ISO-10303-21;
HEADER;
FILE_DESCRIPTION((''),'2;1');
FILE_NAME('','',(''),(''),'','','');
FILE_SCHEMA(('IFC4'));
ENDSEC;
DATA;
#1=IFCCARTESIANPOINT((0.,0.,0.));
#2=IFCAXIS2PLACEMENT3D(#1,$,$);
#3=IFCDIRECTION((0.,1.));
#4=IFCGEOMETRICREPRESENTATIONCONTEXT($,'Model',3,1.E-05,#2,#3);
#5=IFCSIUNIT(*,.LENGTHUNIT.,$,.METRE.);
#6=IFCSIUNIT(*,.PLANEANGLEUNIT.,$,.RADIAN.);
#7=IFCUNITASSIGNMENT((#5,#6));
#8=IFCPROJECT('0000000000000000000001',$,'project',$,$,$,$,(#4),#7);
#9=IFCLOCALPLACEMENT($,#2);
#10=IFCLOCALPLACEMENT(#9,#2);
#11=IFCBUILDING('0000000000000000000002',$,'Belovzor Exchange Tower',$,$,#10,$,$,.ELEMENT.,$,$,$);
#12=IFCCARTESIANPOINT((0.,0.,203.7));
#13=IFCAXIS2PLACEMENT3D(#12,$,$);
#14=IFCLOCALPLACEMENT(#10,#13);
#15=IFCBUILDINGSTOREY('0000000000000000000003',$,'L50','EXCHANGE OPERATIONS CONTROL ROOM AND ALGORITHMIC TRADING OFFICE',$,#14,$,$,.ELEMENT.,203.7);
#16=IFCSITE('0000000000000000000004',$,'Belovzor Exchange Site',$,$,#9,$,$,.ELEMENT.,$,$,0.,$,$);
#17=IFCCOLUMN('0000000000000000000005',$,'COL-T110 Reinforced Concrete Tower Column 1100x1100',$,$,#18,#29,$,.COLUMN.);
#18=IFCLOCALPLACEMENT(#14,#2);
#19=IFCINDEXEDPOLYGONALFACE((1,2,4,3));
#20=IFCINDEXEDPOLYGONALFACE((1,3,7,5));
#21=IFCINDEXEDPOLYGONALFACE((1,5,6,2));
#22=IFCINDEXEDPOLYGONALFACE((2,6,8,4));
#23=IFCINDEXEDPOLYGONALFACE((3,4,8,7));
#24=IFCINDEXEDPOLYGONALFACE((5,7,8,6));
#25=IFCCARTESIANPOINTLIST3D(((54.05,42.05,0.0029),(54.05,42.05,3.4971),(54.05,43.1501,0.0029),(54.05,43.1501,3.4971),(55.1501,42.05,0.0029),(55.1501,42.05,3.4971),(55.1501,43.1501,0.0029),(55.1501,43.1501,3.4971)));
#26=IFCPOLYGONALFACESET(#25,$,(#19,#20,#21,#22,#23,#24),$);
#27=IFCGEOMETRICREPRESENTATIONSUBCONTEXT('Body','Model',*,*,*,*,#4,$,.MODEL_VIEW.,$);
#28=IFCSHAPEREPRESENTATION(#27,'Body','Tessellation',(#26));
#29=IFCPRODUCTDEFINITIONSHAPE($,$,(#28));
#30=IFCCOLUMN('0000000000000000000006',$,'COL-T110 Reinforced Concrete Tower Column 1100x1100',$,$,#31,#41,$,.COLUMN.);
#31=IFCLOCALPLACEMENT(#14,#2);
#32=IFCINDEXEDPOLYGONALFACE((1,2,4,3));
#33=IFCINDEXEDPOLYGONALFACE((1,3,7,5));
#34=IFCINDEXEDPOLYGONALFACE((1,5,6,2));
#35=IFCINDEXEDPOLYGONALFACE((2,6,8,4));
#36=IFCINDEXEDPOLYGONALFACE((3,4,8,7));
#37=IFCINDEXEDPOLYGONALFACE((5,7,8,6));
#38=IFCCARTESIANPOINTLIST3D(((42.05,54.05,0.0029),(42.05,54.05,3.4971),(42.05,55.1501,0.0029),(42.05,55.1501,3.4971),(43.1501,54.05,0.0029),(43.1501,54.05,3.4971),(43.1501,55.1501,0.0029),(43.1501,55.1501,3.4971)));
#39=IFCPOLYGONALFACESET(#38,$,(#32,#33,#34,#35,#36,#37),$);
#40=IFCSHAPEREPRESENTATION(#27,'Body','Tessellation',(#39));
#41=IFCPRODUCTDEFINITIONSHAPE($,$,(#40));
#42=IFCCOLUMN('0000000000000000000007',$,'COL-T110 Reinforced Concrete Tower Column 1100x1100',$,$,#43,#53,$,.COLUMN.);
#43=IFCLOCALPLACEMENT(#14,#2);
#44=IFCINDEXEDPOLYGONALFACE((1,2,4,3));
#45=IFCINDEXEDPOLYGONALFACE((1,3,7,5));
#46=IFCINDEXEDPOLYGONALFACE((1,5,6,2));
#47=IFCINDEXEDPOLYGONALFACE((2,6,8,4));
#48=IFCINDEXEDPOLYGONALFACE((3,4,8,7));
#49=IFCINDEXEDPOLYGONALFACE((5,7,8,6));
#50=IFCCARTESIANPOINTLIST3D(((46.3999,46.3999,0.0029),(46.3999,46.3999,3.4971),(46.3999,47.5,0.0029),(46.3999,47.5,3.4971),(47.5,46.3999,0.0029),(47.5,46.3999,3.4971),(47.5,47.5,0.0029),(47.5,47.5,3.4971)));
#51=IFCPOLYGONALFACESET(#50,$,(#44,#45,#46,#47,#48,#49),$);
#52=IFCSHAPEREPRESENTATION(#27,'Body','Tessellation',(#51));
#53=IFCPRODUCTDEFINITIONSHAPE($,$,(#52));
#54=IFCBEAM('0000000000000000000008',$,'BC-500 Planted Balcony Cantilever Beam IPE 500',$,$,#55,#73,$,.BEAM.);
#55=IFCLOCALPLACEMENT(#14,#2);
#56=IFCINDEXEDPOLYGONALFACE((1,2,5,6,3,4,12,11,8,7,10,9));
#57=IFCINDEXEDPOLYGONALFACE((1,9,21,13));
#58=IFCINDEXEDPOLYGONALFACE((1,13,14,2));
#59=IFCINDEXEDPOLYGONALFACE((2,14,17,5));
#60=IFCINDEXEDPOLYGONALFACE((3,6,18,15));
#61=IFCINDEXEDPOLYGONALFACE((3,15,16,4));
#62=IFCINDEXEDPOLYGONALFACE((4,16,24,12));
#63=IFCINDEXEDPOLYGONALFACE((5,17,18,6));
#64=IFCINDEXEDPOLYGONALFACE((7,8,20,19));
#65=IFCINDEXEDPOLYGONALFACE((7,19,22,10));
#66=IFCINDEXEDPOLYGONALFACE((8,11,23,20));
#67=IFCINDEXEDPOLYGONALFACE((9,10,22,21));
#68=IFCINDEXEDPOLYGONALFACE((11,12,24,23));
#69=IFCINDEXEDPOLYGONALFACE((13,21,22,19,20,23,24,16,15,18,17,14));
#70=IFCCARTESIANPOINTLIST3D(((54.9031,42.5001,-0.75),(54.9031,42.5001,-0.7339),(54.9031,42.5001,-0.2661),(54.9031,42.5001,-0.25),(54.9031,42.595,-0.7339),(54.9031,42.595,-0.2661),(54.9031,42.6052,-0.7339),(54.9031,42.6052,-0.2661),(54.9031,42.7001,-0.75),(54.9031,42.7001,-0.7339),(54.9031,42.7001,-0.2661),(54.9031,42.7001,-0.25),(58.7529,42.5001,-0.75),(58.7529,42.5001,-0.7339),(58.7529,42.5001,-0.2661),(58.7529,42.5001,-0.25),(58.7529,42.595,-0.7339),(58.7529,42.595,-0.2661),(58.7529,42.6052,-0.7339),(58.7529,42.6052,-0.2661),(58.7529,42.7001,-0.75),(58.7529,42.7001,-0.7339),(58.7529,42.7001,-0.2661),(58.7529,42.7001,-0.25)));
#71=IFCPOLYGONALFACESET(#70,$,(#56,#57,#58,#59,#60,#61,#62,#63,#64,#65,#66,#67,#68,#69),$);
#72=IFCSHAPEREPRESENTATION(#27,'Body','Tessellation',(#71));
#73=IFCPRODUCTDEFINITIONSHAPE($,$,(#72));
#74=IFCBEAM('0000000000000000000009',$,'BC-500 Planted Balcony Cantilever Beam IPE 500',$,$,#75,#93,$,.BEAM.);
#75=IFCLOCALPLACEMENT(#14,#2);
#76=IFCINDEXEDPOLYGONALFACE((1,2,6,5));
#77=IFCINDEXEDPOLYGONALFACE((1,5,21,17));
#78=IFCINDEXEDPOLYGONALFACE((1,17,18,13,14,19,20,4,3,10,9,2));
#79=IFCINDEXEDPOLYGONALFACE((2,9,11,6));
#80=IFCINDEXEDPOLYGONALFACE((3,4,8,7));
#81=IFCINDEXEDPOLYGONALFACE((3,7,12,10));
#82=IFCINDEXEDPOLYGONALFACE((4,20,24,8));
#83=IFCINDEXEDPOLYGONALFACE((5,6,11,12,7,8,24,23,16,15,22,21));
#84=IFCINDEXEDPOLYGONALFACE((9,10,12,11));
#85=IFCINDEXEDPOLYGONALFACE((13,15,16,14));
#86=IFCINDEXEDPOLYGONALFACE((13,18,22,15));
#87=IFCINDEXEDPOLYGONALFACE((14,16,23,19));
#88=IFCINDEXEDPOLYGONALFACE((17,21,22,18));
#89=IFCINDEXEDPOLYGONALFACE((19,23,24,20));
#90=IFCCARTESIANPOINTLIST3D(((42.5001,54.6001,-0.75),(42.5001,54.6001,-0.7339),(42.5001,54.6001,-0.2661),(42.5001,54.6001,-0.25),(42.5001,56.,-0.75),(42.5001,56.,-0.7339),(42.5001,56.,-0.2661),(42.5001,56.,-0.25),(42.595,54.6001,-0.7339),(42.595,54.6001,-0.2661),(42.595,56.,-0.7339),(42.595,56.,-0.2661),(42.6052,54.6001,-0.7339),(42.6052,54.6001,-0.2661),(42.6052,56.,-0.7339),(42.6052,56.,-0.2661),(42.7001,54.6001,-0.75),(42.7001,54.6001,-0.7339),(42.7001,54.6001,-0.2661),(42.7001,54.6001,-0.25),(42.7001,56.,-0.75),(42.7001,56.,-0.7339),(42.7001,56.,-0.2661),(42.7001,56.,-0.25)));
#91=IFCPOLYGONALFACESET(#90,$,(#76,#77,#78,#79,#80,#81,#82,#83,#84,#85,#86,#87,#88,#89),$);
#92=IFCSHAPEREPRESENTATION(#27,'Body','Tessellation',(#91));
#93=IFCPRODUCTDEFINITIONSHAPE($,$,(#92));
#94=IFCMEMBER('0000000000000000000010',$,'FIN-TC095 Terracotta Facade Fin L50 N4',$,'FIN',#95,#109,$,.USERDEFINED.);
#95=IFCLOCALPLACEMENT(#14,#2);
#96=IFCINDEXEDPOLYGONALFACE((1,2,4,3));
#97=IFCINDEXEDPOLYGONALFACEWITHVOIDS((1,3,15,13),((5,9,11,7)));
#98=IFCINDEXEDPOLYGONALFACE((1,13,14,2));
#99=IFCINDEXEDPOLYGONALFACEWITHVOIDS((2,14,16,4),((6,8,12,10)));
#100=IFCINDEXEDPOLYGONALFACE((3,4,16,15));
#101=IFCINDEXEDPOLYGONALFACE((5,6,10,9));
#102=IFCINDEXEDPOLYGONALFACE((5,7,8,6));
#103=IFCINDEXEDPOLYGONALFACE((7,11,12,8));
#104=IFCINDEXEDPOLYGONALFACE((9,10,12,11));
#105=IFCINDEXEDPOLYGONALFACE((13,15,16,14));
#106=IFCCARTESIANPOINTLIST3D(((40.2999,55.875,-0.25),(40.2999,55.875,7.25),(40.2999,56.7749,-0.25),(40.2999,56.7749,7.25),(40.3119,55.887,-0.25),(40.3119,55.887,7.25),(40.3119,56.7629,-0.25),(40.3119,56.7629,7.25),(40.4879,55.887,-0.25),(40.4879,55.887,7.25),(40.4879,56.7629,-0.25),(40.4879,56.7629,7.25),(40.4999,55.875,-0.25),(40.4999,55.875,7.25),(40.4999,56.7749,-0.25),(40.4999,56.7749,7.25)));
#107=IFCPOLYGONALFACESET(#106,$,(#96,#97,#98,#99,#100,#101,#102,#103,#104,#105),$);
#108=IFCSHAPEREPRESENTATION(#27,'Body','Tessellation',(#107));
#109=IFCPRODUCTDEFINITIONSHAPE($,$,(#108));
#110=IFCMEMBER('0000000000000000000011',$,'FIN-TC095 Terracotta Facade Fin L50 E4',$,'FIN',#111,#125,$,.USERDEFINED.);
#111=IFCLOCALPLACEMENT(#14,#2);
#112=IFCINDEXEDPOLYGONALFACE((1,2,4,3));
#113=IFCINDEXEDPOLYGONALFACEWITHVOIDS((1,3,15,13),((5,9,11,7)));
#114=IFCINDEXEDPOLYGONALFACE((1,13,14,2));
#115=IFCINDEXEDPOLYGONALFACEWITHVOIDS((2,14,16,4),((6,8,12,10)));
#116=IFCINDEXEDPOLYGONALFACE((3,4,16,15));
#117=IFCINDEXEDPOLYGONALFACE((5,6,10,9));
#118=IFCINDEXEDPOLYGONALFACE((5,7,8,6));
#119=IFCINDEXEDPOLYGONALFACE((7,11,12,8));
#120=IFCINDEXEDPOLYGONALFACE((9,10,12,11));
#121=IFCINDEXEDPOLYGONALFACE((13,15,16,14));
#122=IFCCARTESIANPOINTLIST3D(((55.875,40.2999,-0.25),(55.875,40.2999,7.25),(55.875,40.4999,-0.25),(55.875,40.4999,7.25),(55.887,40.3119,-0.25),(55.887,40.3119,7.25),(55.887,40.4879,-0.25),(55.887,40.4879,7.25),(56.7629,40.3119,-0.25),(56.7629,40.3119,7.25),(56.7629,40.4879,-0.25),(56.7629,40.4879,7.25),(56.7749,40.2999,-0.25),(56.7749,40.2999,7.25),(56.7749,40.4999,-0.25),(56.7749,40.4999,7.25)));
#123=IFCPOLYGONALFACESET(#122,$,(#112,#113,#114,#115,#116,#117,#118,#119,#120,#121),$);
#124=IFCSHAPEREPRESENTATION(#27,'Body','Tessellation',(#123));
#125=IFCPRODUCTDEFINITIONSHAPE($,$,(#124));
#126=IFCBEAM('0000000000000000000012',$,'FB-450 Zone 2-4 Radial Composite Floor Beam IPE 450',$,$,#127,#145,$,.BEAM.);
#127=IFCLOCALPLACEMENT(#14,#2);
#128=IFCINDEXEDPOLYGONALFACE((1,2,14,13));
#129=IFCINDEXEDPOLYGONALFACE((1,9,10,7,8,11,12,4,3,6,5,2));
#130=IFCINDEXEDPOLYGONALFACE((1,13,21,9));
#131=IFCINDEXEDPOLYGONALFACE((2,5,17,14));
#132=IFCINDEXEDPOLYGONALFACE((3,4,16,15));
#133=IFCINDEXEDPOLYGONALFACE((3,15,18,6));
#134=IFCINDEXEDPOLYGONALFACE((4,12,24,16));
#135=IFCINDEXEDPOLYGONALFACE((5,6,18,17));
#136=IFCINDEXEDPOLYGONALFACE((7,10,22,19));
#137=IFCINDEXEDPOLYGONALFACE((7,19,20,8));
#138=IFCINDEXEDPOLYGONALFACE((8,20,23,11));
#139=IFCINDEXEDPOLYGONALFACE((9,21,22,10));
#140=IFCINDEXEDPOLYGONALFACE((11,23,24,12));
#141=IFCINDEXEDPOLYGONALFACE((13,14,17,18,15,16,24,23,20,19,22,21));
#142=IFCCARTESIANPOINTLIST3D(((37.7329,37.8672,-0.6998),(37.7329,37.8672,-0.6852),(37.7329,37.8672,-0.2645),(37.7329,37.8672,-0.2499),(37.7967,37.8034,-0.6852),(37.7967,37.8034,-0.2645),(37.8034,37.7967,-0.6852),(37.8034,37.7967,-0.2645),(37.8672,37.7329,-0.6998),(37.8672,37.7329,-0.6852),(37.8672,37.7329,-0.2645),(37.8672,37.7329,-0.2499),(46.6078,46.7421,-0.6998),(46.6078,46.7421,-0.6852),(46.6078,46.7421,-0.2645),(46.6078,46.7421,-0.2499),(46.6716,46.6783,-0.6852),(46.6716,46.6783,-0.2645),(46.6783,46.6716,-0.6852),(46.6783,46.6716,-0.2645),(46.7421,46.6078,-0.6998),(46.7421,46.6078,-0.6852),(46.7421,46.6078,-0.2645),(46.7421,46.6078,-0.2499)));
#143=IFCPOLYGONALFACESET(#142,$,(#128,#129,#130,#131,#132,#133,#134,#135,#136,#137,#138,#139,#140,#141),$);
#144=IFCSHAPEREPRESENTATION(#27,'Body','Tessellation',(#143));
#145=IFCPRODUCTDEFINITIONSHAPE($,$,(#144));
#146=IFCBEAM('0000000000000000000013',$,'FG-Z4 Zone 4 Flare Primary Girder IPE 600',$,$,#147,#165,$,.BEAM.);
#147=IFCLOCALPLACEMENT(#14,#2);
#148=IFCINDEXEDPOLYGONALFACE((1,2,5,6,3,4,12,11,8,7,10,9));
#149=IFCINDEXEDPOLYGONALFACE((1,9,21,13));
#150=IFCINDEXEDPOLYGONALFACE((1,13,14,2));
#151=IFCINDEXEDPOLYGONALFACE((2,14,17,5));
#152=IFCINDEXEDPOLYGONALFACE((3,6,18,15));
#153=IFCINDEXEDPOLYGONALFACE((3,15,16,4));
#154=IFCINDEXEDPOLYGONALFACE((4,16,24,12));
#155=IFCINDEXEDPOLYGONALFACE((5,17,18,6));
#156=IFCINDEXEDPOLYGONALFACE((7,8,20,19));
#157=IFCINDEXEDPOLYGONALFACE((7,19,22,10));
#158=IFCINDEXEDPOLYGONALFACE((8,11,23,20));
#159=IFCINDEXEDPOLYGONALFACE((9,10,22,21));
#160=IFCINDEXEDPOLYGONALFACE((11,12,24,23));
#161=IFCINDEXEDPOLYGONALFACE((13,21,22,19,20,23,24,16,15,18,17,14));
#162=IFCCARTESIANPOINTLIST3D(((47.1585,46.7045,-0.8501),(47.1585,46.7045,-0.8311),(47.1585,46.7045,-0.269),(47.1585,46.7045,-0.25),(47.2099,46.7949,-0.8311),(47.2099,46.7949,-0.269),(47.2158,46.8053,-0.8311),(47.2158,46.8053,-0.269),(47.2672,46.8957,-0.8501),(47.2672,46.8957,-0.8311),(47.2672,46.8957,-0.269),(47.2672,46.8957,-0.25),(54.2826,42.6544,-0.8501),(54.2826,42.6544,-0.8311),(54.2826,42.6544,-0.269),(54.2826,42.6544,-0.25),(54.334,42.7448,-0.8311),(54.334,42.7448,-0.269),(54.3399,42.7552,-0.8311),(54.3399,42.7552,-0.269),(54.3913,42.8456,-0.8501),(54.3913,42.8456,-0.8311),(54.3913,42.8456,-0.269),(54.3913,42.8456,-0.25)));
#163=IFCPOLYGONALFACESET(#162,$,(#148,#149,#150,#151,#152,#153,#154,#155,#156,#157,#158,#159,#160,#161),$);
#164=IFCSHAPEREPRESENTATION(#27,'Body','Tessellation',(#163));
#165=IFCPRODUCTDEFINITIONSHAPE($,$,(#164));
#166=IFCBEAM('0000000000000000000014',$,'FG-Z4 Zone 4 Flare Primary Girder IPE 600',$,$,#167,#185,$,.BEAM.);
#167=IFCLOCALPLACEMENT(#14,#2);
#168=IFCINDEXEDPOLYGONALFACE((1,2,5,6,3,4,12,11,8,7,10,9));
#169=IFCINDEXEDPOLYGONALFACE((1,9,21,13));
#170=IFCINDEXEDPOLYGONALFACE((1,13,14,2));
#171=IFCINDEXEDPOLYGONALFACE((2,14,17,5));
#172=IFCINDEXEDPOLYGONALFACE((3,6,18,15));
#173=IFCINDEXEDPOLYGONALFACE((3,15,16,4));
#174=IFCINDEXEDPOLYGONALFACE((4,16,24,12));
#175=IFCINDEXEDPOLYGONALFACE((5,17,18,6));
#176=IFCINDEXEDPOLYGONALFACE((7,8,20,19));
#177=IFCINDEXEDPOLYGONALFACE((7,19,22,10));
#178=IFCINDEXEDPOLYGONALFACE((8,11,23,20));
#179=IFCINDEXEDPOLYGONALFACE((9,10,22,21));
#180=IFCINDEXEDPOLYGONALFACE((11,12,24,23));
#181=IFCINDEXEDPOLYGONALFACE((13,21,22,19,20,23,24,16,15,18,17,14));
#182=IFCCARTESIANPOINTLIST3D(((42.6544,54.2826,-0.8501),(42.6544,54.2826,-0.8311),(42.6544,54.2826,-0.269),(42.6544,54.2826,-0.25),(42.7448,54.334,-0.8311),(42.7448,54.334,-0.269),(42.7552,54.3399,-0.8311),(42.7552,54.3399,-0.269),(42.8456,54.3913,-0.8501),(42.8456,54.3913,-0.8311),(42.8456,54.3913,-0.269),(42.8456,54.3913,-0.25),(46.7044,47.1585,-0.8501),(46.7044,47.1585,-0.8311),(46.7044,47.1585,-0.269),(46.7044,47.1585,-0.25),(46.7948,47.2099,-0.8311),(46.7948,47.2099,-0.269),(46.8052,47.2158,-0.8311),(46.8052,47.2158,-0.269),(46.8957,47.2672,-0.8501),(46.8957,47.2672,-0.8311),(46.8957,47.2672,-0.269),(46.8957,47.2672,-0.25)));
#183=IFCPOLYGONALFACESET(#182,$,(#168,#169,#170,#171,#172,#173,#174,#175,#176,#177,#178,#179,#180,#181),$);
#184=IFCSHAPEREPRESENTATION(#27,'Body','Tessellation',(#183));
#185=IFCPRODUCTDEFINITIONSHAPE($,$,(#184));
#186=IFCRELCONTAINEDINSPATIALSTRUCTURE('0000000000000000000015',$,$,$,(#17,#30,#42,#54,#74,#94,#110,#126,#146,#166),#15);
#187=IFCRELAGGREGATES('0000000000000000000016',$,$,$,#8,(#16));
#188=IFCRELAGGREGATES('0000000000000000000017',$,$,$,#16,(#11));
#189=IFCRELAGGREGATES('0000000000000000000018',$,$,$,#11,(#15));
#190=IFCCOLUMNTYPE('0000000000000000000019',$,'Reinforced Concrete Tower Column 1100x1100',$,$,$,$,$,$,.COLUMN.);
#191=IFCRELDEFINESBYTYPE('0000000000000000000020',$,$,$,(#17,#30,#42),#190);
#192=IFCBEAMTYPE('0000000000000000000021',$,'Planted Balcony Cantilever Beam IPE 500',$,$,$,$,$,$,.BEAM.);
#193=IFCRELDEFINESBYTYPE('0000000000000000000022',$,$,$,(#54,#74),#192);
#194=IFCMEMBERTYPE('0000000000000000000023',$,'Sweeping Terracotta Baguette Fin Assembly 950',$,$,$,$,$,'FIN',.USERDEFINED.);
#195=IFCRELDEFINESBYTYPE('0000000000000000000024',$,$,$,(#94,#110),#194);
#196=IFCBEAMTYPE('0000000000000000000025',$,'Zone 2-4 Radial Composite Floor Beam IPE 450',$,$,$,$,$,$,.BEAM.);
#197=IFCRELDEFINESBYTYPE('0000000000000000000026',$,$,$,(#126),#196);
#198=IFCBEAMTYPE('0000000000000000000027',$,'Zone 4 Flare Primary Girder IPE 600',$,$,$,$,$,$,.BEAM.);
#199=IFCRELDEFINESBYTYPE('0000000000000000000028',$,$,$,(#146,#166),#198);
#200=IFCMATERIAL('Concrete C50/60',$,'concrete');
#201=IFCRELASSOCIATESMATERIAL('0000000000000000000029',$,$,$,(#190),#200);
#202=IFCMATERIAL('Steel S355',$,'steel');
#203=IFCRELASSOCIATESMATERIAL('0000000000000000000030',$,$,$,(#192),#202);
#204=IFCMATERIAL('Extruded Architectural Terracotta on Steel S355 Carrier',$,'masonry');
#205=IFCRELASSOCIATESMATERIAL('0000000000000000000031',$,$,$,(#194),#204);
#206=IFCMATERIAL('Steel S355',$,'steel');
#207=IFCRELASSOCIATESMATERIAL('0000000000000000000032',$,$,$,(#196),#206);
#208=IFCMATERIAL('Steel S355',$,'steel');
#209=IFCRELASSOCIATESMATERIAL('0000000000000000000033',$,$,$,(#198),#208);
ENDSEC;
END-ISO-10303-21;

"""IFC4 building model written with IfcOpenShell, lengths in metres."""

from ifc_helpers import new_model, si_unit, direction, frame, origin, origin_2d, place, context, subcontext, project, spatial, rectangle, hollow_rectangle, i_section, extrude, material, material_profile, profile_set, type_object, element, save


model = new_model("IFC4")

# Units and contexts
model_context = context("Model", 3, precision=1e-05, world=origin(), true_north=direction((0.0, 1.0)))
body_context = subcontext(model_context, "Body", "Model", "MODEL_VIEW")
ifc_project = project(units=[si_unit("LENGTHUNIT", "METRE"), si_unit("PLANEANGLEUNIT", "RADIAN")], contexts=[model_context])

# Site, building, storey
site_placement = place(None, origin())
site = spatial("IfcSite", under=ifc_project, at=site_placement, Name="Belovzor Exchange Site", CompositionType="ELEMENT", RefElevation=0.0)
building_placement = place(site_placement, origin())
building = spatial("IfcBuilding", under=site, at=building_placement, Name="Belovzor Exchange Tower", CompositionType="ELEMENT")
storey_placement = place(building_placement, frame((0.0, 0.0, 203.7)))
storey = spatial("IfcBuildingStorey", under=building, at=storey_placement, Name="L50", Description="EXCHANGE OPERATIONS CONTROL ROOM AND ALGORITHMIC TRADING OFFICE", CompositionType="ELEMENT", Elevation=203.7)

# Columns
ifc_material_1 = material(Name="Concrete C50/60", Category="concrete")
ifc_material_profile_1 = material_profile(ifc_material_1, rectangle(XDim=1.1001, YDim=1.1001, at=origin_2d()))
ifc_profile_set_1 = profile_set([ifc_material_profile_1], Name="Concrete C50/60")
column_type = type_object("IfcColumnType", Name="Reinforced Concrete Tower Column 1100x1100", PredefinedType="COLUMN", material=ifc_profile_set_1)
for number, where, z_axis, x_axis, name in (
    (1, (54.6001, 42.6001, 0.0029), (0.0, 0.0, 1.0), (1.0, 0.0, 0.0), "COL-T110 Reinforced Concrete Tower Column 1100x1100"),
    (2, (42.6001, 54.6001, 0.0029), (0.0, 0.0, 1.0), (1.0, 0.0, 0.0), "COL-T110 Reinforced Concrete Tower Column 1100x1100"),
    (3, (46.95, 46.95, 0.0029), (0.0, 0.0, 1.0), (1.0, 0.0, 0.0), "COL-T110 Reinforced Concrete Tower Column 1100x1100"),
):
    element("IfcColumn", number, at=place(storey_placement, frame(where, z_axis=z_axis, x_axis=x_axis)), inside=storey, type_object=column_type, Name=name, PredefinedType="COLUMN", context=body_context, shape_type="SweptSolid", body=[
        extrude(rectangle(XDim=1.1001, YDim=1.1001, at=origin_2d()), origin(), (0.0, 0.0, 1.0), 3.4941),
    ])

# Beams
ifc_material_2 = material(Name="Steel S355", Category="steel")
ifc_material_profile_2 = material_profile(ifc_material_2, i_section(OverallWidth=0.2, OverallDepth=0.5, WebThickness=0.0103, FlangeThickness=0.0161, at=origin_2d()))
ifc_profile_set_2 = profile_set([ifc_material_profile_2], Name="Steel S355")
beam_type_1 = type_object("IfcBeamType", Name="Planted Balcony Cantilever Beam IPE 500", PredefinedType="BEAM", material=ifc_profile_set_2)
beam_1_placement = place(storey_placement, frame((54.9031, 42.6001, -0.5), z_axis=(1.0, 0.0, 0.0), x_axis=(0.0, 1.0, 0.0)))
element("IfcBeam", 4, at=beam_1_placement, inside=storey, type_object=beam_type_1, Name="BC-500 Planted Balcony Cantilever Beam IPE 500", PredefinedType="BEAM", context=body_context, shape_type="SweptSolid", body=[
    extrude(i_section(OverallWidth=0.2, OverallDepth=0.5, WebThickness=0.0103, FlangeThickness=0.0161, at=origin_2d()), origin(), (0.0, 0.0, 1.0), 3.8499),
])
beam_2_placement = place(storey_placement, frame((42.6001, 54.6001, -0.5), z_axis=(0.0, 1.0, 0.0), x_axis=(-1.0, 0.0, 0.0)))
element("IfcBeam", 5, at=beam_2_placement, inside=storey, type_object=beam_type_1, Name="BC-500 Planted Balcony Cantilever Beam IPE 500", PredefinedType="BEAM", context=body_context, shape_type="SweptSolid", body=[
    extrude(i_section(OverallWidth=0.2, OverallDepth=0.5, WebThickness=0.0103, FlangeThickness=0.0161, at=origin_2d()), origin(), (0.0, 0.0, 1.0), 1.3999),
])

# Members
ifc_material_3 = material(Name="Extruded Architectural Terracotta on Steel S355 Carrier", Category="masonry")
ifc_material_profile_3 = material_profile(ifc_material_3, hollow_rectangle(XDim=0.2, YDim=0.8999, WallThickness=0.012, at=origin_2d()))
ifc_profile_set_3 = profile_set([ifc_material_profile_3], Name="Extruded Architectural Terracotta on Steel S355 Carrier")
member_type = type_object("IfcMemberType", Name="Sweeping Terracotta Baguette Fin Assembly 950", ElementType="FIN", PredefinedType="USERDEFINED", material=ifc_profile_set_3)
for number, where, z_axis, x_axis, name in (
    (6, (40.3999, 56.325, -0.25), (0.0, 0.0, 1.0), (1.0, 0.0, 0.0), "FIN-TC095 Terracotta Facade Fin L50 N4"),
    (7, (56.325, 40.3999, -0.25), (0.0, 0.0, 1.0), (0.0, 1.0, 0.0), "FIN-TC095 Terracotta Facade Fin L50 E4"),
):
    element("IfcMember", number, at=place(storey_placement, frame(where, z_axis=z_axis, x_axis=x_axis)), inside=storey, type_object=member_type, Name=name, ObjectType="FIN", PredefinedType="USERDEFINED", context=body_context, shape_type="SweptSolid", body=[
        extrude(hollow_rectangle(XDim=0.2, YDim=0.8999, WallThickness=0.012, at=origin_2d()), origin(), (0.0, 0.0, 1.0), 7.5),
    ])

# Beams
ifc_material_4 = material(Name="Steel S355", Category="steel")
ifc_material_profile_4 = material_profile(ifc_material_4, i_section(OverallWidth=0.1899, OverallDepth=0.45, WebThickness=0.0095, FlangeThickness=0.0146, at=origin_2d()))
ifc_profile_set_4 = profile_set([ifc_material_profile_4], Name="Steel S355")
beam_type_2 = type_object("IfcBeamType", Name="Zone 2-4 Radial Composite Floor Beam IPE 450", PredefinedType="BEAM", material=ifc_profile_set_4)
beam_3_placement = place(storey_placement, frame((37.8, 37.8, -0.4749), z_axis=(0.707107, 0.707107, 0.0), x_axis=(-0.707107, 0.707107, 0.0)))
element("IfcBeam", 8, at=beam_3_placement, inside=storey, type_object=beam_type_2, Name="FB-450 Zone 2-4 Radial Composite Floor Beam IPE 450", PredefinedType="BEAM", context=body_context, shape_type="SweptSolid", body=[
    extrude(i_section(OverallWidth=0.1899, OverallDepth=0.45, WebThickness=0.0095, FlangeThickness=0.0146, at=origin_2d()), origin(), (0.0, 0.0, 1.0), 12.551),
])
ifc_material_5 = material(Name="Steel S355", Category="steel")
ifc_material_profile_5 = material_profile(ifc_material_5, i_section(OverallWidth=0.22, OverallDepth=0.6001, WebThickness=0.012, FlangeThickness=0.019, at=origin_2d()))
ifc_profile_set_5 = profile_set([ifc_material_profile_5], Name="Steel S355")
beam_type_3 = type_object("IfcBeamType", Name="Zone 4 Flare Primary Girder IPE 600", PredefinedType="BEAM", material=ifc_profile_set_5)
for number, where, z_axis, x_axis, name in (
    (9, (54.3369, 42.75, -0.55), (-0.869336, 0.494222, 0.0), (-0.494222, -0.869336, 0.0), "FG-Z4 Zone 4 Flare Primary Girder IPE 600"),
    (10, (46.8, 47.2129, -0.55), (-0.494222, 0.869336, 0.0), (-0.869336, -0.494222, 0.0), "FG-Z4 Zone 4 Flare Primary Girder IPE 600"),
):
    element("IfcBeam", number, at=place(storey_placement, frame(where, z_axis=z_axis, x_axis=x_axis)), inside=storey, type_object=beam_type_3, Name=name, PredefinedType="BEAM", context=body_context, shape_type="SweptSolid", body=[
        extrude(i_section(OverallWidth=0.22, OverallDepth=0.6001, WebThickness=0.012, FlangeThickness=0.019, at=origin_2d()), origin(), (0.0, 0.0, 1.0), 8.1948),
    ])

save(model, "model.ifc")
